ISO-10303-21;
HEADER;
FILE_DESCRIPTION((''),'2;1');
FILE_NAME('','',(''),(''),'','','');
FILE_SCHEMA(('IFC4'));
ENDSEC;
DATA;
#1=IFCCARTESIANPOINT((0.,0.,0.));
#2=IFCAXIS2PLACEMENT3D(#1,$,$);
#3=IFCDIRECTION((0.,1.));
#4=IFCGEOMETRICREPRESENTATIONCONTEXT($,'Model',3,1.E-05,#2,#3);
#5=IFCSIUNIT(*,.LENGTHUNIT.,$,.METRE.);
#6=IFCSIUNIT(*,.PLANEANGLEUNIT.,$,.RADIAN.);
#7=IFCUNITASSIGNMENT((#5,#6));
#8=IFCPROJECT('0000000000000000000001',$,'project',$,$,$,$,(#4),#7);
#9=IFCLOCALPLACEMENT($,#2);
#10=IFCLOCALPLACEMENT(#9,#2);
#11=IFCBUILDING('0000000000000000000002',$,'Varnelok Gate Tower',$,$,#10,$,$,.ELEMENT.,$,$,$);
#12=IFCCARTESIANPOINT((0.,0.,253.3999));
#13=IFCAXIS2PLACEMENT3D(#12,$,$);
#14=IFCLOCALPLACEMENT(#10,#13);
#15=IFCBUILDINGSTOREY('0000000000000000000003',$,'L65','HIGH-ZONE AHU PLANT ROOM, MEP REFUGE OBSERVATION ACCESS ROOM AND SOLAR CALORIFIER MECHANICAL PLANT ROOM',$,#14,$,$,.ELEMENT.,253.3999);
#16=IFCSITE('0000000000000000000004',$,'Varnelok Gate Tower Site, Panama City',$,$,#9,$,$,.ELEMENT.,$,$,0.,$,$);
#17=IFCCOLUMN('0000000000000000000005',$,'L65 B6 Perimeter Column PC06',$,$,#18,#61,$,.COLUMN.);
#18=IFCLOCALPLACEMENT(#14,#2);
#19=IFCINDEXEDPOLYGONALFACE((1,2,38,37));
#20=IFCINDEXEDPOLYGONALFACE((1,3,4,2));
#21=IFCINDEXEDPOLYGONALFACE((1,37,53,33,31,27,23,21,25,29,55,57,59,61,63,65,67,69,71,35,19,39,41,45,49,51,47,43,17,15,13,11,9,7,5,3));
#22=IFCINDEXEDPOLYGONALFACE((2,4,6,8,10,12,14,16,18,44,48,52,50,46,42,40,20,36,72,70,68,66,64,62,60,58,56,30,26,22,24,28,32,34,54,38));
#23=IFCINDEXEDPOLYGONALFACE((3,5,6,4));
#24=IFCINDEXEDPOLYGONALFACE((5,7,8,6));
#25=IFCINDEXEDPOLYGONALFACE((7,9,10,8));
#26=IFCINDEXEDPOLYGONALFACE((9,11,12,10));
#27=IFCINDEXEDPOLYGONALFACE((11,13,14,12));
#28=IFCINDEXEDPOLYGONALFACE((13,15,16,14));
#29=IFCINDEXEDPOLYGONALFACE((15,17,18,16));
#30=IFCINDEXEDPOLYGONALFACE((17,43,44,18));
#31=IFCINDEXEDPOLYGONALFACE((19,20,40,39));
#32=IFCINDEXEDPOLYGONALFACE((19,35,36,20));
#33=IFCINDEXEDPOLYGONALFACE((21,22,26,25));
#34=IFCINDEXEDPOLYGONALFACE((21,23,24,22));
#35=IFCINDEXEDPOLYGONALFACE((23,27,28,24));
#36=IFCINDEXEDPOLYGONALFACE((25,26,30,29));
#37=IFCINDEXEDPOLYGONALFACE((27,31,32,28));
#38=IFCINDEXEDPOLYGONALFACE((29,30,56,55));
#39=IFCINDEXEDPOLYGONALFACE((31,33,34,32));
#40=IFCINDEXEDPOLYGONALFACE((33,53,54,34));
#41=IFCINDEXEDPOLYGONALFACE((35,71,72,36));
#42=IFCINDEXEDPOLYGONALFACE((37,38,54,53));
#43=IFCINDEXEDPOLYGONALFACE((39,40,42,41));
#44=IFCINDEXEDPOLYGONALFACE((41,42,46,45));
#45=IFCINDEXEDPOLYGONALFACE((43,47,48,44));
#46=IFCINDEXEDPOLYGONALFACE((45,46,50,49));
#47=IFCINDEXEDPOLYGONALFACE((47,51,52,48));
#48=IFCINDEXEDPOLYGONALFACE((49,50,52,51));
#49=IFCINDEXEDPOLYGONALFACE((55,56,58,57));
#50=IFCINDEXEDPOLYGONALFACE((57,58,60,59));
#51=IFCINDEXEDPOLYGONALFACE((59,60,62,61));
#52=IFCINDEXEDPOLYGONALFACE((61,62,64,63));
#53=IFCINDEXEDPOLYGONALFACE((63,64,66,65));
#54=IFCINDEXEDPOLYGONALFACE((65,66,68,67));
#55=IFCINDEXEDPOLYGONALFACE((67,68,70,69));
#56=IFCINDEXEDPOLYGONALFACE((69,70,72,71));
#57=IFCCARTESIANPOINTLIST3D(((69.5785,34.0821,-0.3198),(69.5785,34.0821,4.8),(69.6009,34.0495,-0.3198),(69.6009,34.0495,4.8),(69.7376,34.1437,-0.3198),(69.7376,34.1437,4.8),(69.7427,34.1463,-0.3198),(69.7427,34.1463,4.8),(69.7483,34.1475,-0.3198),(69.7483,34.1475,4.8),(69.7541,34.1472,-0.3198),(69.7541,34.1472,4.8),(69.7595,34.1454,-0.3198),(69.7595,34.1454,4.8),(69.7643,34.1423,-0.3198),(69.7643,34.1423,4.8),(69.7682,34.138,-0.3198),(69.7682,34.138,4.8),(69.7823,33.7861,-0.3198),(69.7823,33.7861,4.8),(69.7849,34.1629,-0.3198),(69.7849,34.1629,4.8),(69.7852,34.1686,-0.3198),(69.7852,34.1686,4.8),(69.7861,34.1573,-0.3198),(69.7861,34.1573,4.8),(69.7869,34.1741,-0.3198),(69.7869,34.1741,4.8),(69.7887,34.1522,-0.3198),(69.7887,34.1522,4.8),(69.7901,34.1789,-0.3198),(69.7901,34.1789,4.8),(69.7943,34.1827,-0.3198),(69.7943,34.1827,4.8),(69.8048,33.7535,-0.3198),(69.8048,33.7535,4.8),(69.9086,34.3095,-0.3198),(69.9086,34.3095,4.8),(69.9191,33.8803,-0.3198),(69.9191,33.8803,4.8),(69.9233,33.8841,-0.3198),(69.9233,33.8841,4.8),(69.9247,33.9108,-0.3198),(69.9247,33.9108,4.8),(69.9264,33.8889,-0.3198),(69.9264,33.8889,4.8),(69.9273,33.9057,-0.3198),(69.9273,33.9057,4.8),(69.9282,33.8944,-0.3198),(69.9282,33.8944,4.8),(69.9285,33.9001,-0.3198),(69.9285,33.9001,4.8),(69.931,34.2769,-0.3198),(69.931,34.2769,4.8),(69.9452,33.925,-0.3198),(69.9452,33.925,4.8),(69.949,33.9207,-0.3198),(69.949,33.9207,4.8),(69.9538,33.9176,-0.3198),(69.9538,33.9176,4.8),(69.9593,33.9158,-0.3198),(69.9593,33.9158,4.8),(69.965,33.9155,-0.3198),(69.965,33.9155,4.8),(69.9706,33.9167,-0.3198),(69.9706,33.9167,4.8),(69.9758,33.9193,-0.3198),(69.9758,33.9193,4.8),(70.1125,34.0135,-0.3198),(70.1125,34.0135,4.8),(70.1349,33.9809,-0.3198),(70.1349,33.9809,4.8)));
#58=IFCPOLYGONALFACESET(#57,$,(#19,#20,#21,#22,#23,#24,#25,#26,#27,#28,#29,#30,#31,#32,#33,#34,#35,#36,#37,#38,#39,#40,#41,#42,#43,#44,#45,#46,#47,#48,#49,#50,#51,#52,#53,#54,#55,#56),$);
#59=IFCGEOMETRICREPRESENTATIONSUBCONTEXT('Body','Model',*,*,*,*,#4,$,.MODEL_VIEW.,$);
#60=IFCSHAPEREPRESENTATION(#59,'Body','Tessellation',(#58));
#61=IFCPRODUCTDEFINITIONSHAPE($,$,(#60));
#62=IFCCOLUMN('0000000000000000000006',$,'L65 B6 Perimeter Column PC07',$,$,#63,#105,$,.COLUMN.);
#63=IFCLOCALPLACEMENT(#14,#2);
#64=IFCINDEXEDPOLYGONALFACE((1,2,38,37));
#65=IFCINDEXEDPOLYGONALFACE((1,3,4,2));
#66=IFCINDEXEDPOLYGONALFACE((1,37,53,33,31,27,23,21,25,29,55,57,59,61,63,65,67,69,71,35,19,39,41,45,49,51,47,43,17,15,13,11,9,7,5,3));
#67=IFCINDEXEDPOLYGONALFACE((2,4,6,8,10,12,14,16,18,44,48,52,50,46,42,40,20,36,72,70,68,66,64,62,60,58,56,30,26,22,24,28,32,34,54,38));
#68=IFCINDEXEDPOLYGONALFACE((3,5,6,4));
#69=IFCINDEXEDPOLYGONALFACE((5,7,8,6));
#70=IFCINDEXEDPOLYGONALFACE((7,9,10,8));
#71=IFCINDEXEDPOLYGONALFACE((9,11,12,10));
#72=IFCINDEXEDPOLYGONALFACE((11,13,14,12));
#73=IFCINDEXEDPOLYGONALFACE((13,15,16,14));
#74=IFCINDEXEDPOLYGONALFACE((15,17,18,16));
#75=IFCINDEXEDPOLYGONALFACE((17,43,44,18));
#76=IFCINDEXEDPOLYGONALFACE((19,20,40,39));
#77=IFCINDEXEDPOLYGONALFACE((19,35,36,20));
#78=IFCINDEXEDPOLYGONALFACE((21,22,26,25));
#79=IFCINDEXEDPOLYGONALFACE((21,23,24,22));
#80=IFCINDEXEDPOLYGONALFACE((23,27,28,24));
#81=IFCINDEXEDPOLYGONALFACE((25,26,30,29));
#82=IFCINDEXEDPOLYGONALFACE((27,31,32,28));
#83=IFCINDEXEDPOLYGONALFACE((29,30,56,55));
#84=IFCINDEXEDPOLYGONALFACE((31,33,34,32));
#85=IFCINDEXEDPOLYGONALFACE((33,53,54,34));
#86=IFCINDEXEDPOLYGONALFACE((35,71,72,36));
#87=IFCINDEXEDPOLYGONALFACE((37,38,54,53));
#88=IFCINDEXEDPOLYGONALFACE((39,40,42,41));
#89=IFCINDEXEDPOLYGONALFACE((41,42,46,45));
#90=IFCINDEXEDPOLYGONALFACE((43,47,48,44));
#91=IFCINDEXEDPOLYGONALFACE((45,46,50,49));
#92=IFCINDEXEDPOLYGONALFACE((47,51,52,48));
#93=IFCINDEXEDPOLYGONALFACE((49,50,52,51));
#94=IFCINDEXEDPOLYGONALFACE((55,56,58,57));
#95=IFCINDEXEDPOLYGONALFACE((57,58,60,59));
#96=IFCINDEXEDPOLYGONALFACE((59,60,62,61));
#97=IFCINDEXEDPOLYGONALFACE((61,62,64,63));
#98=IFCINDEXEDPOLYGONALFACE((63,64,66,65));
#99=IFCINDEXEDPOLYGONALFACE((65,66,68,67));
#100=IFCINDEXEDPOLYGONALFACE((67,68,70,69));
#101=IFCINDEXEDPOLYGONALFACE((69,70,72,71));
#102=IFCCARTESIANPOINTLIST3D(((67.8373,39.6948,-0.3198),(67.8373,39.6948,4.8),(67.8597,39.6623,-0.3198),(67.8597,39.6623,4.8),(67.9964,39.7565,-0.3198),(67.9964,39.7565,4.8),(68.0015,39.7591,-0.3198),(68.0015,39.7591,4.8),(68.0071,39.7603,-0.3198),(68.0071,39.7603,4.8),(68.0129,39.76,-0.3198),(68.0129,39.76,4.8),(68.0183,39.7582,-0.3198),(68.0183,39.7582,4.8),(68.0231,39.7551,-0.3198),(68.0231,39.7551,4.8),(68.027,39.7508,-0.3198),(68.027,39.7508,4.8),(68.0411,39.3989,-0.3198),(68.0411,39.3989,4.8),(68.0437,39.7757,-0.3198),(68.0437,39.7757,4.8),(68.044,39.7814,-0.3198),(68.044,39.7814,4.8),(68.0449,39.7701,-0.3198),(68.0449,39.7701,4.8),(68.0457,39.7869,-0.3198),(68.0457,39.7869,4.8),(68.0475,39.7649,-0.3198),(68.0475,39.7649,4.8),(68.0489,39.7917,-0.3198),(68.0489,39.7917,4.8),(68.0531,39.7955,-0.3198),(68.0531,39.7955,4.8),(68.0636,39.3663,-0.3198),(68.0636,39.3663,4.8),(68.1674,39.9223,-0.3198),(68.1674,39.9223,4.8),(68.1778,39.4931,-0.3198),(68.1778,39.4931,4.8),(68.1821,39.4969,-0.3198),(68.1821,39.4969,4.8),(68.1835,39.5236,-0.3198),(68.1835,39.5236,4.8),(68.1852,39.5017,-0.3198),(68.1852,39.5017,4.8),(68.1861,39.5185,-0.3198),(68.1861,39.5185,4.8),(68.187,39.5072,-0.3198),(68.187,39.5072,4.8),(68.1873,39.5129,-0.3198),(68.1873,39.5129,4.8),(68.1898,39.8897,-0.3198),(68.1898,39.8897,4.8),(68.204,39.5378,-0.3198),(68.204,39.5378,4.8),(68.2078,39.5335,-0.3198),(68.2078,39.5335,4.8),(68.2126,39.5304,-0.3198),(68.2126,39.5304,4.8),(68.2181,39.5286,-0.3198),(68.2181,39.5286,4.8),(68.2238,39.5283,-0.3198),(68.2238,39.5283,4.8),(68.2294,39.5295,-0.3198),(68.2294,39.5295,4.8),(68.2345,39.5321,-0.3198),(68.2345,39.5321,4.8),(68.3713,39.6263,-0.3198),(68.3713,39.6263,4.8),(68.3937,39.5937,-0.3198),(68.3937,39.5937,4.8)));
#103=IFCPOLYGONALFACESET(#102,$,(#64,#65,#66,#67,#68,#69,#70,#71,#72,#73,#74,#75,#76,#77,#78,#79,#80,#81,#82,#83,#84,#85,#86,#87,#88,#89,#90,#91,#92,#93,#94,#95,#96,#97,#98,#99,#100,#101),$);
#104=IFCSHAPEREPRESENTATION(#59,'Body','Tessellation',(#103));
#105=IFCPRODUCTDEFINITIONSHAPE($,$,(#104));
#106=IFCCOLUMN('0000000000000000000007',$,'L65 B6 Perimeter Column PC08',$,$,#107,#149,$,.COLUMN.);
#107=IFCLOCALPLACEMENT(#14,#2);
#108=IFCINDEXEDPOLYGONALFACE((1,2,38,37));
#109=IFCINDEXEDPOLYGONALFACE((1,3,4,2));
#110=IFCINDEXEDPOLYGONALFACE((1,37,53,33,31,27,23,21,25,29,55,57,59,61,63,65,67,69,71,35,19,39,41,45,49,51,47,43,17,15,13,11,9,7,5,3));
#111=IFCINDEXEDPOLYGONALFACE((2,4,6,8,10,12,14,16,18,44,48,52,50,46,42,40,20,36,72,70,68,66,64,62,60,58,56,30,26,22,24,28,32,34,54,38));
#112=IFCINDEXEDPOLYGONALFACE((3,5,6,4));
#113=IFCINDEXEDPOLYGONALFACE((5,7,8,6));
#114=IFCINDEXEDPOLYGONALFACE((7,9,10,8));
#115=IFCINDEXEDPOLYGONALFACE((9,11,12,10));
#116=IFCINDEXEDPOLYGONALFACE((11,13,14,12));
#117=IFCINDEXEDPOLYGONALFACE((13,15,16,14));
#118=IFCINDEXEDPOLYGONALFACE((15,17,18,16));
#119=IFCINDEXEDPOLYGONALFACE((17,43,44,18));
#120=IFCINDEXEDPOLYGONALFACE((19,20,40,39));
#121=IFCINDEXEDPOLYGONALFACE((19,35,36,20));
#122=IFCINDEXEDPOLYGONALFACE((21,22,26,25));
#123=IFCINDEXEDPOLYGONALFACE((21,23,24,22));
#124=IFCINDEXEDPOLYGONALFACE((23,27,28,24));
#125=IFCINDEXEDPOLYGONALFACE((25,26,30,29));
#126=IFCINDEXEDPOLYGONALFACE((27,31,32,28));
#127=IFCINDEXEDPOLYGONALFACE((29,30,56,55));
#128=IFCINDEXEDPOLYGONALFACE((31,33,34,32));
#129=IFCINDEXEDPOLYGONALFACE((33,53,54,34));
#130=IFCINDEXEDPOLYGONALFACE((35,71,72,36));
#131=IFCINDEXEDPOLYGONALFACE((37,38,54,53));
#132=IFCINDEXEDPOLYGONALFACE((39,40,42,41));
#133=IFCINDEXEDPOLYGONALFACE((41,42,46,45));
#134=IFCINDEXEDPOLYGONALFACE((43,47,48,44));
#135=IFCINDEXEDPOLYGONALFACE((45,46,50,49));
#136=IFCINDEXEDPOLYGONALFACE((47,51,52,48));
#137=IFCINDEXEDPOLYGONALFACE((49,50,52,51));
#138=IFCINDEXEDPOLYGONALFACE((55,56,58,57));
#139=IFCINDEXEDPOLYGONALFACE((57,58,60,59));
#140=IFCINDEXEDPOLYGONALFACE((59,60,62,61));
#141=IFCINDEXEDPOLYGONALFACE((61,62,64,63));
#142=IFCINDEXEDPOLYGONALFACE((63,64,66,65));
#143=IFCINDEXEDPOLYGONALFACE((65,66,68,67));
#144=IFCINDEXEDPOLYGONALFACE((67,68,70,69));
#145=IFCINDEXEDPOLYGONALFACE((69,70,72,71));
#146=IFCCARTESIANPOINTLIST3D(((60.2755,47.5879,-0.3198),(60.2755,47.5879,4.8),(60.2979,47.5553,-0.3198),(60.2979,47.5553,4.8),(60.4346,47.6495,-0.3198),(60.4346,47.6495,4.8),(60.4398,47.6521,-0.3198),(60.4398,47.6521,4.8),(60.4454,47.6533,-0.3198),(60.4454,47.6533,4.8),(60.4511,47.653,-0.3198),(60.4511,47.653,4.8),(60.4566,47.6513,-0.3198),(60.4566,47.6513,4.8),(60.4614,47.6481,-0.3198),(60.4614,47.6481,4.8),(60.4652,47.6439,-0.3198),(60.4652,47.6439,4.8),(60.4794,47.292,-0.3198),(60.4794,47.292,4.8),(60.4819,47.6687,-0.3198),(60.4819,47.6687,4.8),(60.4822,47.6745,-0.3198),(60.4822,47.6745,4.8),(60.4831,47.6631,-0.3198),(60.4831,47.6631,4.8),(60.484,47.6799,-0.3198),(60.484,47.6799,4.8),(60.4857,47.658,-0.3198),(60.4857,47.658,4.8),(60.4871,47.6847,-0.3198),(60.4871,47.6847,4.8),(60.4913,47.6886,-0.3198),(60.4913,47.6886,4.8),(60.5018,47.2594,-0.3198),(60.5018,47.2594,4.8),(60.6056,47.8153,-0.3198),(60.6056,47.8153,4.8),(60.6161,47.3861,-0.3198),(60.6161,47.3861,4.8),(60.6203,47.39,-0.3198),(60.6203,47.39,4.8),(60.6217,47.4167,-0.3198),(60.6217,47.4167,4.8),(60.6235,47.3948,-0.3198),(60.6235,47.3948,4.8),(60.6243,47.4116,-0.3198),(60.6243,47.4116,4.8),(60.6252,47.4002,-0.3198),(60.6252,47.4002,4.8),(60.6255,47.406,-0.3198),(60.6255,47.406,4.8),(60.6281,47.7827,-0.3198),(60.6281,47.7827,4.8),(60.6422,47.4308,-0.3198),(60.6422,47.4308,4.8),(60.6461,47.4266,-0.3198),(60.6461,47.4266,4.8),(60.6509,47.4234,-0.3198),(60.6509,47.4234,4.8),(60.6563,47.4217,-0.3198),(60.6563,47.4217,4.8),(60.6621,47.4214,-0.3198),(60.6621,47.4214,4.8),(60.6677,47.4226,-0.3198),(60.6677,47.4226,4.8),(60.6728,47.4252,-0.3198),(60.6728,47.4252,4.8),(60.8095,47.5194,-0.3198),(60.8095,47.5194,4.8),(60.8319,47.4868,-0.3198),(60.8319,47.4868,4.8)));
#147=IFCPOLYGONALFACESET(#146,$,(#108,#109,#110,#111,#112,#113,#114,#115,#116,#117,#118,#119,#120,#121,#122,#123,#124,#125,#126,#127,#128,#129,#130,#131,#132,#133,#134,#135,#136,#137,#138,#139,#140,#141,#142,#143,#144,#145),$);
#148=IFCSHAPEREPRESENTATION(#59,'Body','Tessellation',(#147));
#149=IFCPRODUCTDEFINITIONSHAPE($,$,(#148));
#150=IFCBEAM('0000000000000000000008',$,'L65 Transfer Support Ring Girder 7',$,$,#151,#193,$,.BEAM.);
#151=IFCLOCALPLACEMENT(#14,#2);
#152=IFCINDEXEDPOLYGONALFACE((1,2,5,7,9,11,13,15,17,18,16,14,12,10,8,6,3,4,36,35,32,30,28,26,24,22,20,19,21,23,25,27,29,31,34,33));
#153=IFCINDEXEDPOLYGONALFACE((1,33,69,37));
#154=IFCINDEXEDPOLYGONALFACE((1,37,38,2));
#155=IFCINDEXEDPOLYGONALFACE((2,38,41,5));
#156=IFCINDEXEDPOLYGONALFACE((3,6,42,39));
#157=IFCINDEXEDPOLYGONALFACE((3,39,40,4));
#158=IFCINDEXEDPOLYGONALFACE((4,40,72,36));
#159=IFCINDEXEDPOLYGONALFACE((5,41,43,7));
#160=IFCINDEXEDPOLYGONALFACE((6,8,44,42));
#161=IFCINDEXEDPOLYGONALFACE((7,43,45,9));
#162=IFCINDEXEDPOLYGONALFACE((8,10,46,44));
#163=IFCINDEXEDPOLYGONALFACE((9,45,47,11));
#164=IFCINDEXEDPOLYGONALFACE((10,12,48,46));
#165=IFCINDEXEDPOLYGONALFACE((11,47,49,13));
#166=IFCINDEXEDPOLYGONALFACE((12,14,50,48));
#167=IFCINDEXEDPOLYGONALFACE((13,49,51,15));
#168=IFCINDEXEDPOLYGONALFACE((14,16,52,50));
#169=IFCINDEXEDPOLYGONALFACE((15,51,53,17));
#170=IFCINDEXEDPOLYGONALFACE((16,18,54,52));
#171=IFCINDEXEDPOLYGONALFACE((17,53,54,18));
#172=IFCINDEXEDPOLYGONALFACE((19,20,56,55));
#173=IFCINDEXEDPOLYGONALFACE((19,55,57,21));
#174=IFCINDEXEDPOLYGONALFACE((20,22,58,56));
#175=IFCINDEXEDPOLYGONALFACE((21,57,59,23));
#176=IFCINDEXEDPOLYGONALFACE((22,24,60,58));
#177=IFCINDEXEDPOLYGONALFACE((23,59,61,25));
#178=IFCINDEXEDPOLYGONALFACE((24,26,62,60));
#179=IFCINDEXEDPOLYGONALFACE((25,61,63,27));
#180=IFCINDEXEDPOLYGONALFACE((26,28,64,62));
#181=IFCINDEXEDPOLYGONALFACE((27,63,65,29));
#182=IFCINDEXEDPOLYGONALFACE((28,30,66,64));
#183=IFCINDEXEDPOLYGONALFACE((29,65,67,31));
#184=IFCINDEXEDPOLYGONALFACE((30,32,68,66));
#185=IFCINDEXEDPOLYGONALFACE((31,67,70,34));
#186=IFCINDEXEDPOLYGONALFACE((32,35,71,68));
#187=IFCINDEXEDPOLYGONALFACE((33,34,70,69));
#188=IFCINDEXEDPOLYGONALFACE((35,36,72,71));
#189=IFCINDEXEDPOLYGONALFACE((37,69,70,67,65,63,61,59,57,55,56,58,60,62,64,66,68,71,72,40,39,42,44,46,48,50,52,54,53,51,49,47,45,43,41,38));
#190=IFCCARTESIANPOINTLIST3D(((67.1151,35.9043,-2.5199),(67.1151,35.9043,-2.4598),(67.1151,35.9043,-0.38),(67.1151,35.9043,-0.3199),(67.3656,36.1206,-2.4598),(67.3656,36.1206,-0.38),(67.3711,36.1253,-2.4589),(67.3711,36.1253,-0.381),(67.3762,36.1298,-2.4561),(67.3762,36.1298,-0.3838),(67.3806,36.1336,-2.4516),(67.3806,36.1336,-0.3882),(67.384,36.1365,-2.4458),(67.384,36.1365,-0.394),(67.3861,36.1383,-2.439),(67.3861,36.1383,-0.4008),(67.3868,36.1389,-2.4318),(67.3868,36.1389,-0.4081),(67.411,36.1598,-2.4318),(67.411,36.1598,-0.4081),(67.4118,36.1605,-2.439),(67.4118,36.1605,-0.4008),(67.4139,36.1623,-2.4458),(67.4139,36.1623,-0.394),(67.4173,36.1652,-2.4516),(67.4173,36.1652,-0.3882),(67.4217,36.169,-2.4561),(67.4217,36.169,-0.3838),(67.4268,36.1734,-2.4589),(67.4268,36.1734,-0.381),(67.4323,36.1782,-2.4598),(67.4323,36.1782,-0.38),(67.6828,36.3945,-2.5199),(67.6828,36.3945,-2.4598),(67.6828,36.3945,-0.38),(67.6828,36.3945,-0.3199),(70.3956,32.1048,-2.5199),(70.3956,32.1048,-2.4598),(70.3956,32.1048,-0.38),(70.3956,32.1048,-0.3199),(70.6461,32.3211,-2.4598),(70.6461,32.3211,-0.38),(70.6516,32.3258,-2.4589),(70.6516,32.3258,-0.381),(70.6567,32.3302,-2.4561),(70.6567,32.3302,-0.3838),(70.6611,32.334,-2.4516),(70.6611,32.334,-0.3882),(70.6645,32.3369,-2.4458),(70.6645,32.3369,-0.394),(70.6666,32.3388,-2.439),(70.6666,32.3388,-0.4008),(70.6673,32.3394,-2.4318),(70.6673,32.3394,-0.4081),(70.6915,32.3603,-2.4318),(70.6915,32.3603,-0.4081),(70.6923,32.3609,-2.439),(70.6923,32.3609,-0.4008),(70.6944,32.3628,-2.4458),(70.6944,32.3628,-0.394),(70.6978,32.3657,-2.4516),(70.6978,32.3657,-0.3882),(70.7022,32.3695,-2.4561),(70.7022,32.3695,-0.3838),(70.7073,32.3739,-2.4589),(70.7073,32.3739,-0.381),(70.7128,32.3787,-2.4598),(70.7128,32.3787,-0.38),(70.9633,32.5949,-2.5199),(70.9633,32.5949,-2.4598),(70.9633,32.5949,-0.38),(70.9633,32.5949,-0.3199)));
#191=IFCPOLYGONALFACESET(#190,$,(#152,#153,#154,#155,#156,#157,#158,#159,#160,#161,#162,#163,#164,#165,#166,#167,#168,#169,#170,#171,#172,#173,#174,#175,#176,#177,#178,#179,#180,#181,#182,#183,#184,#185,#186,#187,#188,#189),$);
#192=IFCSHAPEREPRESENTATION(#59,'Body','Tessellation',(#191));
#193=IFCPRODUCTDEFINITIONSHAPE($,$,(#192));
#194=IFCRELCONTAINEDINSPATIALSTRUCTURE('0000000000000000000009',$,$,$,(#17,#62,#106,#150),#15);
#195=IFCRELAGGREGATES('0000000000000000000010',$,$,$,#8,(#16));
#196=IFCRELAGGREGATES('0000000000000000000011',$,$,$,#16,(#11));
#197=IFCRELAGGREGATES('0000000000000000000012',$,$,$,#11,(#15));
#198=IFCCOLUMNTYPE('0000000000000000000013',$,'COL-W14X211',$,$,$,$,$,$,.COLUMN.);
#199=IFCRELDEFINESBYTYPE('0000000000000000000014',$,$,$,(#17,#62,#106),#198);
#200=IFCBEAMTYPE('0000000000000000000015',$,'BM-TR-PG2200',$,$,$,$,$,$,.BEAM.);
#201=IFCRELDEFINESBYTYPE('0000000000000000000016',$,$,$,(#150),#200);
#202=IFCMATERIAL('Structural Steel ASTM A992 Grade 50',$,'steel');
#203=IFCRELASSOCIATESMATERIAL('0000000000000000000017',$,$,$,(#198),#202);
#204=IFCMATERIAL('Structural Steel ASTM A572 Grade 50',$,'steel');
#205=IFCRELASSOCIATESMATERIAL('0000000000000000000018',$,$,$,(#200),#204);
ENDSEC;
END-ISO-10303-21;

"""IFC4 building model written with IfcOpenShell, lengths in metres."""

from ifc_helpers import new_model, si_unit, direction, frame, origin, origin_2d, place, context, subcontext, project, spatial, i_section, extrude, material, material_profile, profile_set, type_object, element, save


model = new_model("IFC4")

# Units and contexts
model_context = context("Model", 3, precision=1e-05, world=origin(), true_north=direction((0.0, 1.0)))
body_context = subcontext(model_context, "Body", "Model", "MODEL_VIEW")
ifc_project = project(units=[si_unit("LENGTHUNIT", "METRE"), si_unit("PLANEANGLEUNIT", "RADIAN")], contexts=[model_context])

# Site, building, storey
site_placement = place(None, origin())
site = spatial("IfcSite", under=ifc_project, at=site_placement, Name="Varnelok Gate Tower Site, Panama City", CompositionType="ELEMENT", RefElevation=0.0)
building_placement = place(site_placement, origin())
building = spatial("IfcBuilding", under=site, at=building_placement, Name="Varnelok Gate Tower", CompositionType="ELEMENT")
storey_placement = place(building_placement, frame((0.0, 0.0, 253.3999)))
storey = spatial("IfcBuildingStorey", under=building, at=storey_placement, Name="L65", Description="HIGH-ZONE AHU PLANT ROOM, MEP REFUGE OBSERVATION ACCESS ROOM AND SOLAR CALORIFIER MECHANICAL PLANT ROOM", CompositionType="ELEMENT", Elevation=253.3999)

# Columns
ifc_material_1 = material(Name="Structural Steel ASTM A992 Grade 50", Category="steel")
ifc_material_profile_1 = material_profile(ifc_material_1, i_section(OverallWidth=0.4009, OverallDepth=0.3989, WebThickness=0.0249, FlangeThickness=0.0396, FilletRadius=0.022, at=origin_2d()), Name="W14X211")
ifc_profile_set_1 = profile_set([ifc_material_profile_1], Name="Structural Steel ASTM A992 Grade 50")
column_type = type_object("IfcColumnType", Name="COL-W14X211", PredefinedType="COLUMN", material=ifc_profile_set_1)
for number, where, z_axis, x_axis, name in (
    (1, (69.8567, 34.0315, -0.3198), (0.0, 0.0, 1.0), (0.823533, 0.567269, 0.0), "L65 B6 Perimeter Column PC06"),
    (2, (68.1155, 39.6443, -0.3198), (0.0, 0.0, 1.0), (0.823533, 0.567269, 0.0), "L65 B6 Perimeter Column PC07"),
    (3, (60.5537, 47.5374, -0.3198), (0.0, 0.0, 1.0), (0.823533, 0.567269, 0.0), "L65 B6 Perimeter Column PC08"),
):
    element("IfcColumn", number, at=place(storey_placement, frame(where, z_axis=z_axis, x_axis=x_axis)), inside=storey, type_object=column_type, Name=name, PredefinedType="COLUMN", context=body_context, shape_type="SweptSolid", body=[
        extrude(i_section(OverallWidth=0.4009, OverallDepth=0.3989, WebThickness=0.0249, FlangeThickness=0.0396, FilletRadius=0.022, at=origin_2d()), origin(), (0.0, 0.0, 1.0), 5.1199),
    ])

# Beam
ifc_material_2 = material(Name="Structural Steel ASTM A572 Grade 50", Category="steel")
ifc_material_profile_2 = material_profile(ifc_material_2, i_section(OverallWidth=0.75, OverallDepth=2.2, WebThickness=0.032, FlangeThickness=0.0601, FilletRadius=0.0281, at=origin_2d()), Name="PG2200X750")
ifc_profile_set_2 = profile_set([ifc_material_profile_2], Name="Structural Steel ASTM A572 Grade 50")
beam_type = type_object("IfcBeamType", Name="BM-TR-PG2200", PredefinedType="BEAM", material=ifc_profile_set_2)
beam_1_placement = place(storey_placement, frame((70.6794, 32.3499, -1.4199), z_axis=(-0.653515, 0.756914, 0.0), x_axis=(-0.756914, -0.653515, 0.0)))
element("IfcBeam", 4, at=beam_1_placement, inside=storey, type_object=beam_type, Name="L65 Transfer Support Ring Girder 7", PredefinedType="BEAM", context=body_context, shape_type="SweptSolid", body=[
    extrude(i_section(OverallWidth=0.75, OverallDepth=2.2, WebThickness=0.032, FlangeThickness=0.0601, FilletRadius=0.0281, at=origin_2d()), origin(), (0.0, 0.0, 1.0), 5.0198),
])

save(model, "model.ifc")
